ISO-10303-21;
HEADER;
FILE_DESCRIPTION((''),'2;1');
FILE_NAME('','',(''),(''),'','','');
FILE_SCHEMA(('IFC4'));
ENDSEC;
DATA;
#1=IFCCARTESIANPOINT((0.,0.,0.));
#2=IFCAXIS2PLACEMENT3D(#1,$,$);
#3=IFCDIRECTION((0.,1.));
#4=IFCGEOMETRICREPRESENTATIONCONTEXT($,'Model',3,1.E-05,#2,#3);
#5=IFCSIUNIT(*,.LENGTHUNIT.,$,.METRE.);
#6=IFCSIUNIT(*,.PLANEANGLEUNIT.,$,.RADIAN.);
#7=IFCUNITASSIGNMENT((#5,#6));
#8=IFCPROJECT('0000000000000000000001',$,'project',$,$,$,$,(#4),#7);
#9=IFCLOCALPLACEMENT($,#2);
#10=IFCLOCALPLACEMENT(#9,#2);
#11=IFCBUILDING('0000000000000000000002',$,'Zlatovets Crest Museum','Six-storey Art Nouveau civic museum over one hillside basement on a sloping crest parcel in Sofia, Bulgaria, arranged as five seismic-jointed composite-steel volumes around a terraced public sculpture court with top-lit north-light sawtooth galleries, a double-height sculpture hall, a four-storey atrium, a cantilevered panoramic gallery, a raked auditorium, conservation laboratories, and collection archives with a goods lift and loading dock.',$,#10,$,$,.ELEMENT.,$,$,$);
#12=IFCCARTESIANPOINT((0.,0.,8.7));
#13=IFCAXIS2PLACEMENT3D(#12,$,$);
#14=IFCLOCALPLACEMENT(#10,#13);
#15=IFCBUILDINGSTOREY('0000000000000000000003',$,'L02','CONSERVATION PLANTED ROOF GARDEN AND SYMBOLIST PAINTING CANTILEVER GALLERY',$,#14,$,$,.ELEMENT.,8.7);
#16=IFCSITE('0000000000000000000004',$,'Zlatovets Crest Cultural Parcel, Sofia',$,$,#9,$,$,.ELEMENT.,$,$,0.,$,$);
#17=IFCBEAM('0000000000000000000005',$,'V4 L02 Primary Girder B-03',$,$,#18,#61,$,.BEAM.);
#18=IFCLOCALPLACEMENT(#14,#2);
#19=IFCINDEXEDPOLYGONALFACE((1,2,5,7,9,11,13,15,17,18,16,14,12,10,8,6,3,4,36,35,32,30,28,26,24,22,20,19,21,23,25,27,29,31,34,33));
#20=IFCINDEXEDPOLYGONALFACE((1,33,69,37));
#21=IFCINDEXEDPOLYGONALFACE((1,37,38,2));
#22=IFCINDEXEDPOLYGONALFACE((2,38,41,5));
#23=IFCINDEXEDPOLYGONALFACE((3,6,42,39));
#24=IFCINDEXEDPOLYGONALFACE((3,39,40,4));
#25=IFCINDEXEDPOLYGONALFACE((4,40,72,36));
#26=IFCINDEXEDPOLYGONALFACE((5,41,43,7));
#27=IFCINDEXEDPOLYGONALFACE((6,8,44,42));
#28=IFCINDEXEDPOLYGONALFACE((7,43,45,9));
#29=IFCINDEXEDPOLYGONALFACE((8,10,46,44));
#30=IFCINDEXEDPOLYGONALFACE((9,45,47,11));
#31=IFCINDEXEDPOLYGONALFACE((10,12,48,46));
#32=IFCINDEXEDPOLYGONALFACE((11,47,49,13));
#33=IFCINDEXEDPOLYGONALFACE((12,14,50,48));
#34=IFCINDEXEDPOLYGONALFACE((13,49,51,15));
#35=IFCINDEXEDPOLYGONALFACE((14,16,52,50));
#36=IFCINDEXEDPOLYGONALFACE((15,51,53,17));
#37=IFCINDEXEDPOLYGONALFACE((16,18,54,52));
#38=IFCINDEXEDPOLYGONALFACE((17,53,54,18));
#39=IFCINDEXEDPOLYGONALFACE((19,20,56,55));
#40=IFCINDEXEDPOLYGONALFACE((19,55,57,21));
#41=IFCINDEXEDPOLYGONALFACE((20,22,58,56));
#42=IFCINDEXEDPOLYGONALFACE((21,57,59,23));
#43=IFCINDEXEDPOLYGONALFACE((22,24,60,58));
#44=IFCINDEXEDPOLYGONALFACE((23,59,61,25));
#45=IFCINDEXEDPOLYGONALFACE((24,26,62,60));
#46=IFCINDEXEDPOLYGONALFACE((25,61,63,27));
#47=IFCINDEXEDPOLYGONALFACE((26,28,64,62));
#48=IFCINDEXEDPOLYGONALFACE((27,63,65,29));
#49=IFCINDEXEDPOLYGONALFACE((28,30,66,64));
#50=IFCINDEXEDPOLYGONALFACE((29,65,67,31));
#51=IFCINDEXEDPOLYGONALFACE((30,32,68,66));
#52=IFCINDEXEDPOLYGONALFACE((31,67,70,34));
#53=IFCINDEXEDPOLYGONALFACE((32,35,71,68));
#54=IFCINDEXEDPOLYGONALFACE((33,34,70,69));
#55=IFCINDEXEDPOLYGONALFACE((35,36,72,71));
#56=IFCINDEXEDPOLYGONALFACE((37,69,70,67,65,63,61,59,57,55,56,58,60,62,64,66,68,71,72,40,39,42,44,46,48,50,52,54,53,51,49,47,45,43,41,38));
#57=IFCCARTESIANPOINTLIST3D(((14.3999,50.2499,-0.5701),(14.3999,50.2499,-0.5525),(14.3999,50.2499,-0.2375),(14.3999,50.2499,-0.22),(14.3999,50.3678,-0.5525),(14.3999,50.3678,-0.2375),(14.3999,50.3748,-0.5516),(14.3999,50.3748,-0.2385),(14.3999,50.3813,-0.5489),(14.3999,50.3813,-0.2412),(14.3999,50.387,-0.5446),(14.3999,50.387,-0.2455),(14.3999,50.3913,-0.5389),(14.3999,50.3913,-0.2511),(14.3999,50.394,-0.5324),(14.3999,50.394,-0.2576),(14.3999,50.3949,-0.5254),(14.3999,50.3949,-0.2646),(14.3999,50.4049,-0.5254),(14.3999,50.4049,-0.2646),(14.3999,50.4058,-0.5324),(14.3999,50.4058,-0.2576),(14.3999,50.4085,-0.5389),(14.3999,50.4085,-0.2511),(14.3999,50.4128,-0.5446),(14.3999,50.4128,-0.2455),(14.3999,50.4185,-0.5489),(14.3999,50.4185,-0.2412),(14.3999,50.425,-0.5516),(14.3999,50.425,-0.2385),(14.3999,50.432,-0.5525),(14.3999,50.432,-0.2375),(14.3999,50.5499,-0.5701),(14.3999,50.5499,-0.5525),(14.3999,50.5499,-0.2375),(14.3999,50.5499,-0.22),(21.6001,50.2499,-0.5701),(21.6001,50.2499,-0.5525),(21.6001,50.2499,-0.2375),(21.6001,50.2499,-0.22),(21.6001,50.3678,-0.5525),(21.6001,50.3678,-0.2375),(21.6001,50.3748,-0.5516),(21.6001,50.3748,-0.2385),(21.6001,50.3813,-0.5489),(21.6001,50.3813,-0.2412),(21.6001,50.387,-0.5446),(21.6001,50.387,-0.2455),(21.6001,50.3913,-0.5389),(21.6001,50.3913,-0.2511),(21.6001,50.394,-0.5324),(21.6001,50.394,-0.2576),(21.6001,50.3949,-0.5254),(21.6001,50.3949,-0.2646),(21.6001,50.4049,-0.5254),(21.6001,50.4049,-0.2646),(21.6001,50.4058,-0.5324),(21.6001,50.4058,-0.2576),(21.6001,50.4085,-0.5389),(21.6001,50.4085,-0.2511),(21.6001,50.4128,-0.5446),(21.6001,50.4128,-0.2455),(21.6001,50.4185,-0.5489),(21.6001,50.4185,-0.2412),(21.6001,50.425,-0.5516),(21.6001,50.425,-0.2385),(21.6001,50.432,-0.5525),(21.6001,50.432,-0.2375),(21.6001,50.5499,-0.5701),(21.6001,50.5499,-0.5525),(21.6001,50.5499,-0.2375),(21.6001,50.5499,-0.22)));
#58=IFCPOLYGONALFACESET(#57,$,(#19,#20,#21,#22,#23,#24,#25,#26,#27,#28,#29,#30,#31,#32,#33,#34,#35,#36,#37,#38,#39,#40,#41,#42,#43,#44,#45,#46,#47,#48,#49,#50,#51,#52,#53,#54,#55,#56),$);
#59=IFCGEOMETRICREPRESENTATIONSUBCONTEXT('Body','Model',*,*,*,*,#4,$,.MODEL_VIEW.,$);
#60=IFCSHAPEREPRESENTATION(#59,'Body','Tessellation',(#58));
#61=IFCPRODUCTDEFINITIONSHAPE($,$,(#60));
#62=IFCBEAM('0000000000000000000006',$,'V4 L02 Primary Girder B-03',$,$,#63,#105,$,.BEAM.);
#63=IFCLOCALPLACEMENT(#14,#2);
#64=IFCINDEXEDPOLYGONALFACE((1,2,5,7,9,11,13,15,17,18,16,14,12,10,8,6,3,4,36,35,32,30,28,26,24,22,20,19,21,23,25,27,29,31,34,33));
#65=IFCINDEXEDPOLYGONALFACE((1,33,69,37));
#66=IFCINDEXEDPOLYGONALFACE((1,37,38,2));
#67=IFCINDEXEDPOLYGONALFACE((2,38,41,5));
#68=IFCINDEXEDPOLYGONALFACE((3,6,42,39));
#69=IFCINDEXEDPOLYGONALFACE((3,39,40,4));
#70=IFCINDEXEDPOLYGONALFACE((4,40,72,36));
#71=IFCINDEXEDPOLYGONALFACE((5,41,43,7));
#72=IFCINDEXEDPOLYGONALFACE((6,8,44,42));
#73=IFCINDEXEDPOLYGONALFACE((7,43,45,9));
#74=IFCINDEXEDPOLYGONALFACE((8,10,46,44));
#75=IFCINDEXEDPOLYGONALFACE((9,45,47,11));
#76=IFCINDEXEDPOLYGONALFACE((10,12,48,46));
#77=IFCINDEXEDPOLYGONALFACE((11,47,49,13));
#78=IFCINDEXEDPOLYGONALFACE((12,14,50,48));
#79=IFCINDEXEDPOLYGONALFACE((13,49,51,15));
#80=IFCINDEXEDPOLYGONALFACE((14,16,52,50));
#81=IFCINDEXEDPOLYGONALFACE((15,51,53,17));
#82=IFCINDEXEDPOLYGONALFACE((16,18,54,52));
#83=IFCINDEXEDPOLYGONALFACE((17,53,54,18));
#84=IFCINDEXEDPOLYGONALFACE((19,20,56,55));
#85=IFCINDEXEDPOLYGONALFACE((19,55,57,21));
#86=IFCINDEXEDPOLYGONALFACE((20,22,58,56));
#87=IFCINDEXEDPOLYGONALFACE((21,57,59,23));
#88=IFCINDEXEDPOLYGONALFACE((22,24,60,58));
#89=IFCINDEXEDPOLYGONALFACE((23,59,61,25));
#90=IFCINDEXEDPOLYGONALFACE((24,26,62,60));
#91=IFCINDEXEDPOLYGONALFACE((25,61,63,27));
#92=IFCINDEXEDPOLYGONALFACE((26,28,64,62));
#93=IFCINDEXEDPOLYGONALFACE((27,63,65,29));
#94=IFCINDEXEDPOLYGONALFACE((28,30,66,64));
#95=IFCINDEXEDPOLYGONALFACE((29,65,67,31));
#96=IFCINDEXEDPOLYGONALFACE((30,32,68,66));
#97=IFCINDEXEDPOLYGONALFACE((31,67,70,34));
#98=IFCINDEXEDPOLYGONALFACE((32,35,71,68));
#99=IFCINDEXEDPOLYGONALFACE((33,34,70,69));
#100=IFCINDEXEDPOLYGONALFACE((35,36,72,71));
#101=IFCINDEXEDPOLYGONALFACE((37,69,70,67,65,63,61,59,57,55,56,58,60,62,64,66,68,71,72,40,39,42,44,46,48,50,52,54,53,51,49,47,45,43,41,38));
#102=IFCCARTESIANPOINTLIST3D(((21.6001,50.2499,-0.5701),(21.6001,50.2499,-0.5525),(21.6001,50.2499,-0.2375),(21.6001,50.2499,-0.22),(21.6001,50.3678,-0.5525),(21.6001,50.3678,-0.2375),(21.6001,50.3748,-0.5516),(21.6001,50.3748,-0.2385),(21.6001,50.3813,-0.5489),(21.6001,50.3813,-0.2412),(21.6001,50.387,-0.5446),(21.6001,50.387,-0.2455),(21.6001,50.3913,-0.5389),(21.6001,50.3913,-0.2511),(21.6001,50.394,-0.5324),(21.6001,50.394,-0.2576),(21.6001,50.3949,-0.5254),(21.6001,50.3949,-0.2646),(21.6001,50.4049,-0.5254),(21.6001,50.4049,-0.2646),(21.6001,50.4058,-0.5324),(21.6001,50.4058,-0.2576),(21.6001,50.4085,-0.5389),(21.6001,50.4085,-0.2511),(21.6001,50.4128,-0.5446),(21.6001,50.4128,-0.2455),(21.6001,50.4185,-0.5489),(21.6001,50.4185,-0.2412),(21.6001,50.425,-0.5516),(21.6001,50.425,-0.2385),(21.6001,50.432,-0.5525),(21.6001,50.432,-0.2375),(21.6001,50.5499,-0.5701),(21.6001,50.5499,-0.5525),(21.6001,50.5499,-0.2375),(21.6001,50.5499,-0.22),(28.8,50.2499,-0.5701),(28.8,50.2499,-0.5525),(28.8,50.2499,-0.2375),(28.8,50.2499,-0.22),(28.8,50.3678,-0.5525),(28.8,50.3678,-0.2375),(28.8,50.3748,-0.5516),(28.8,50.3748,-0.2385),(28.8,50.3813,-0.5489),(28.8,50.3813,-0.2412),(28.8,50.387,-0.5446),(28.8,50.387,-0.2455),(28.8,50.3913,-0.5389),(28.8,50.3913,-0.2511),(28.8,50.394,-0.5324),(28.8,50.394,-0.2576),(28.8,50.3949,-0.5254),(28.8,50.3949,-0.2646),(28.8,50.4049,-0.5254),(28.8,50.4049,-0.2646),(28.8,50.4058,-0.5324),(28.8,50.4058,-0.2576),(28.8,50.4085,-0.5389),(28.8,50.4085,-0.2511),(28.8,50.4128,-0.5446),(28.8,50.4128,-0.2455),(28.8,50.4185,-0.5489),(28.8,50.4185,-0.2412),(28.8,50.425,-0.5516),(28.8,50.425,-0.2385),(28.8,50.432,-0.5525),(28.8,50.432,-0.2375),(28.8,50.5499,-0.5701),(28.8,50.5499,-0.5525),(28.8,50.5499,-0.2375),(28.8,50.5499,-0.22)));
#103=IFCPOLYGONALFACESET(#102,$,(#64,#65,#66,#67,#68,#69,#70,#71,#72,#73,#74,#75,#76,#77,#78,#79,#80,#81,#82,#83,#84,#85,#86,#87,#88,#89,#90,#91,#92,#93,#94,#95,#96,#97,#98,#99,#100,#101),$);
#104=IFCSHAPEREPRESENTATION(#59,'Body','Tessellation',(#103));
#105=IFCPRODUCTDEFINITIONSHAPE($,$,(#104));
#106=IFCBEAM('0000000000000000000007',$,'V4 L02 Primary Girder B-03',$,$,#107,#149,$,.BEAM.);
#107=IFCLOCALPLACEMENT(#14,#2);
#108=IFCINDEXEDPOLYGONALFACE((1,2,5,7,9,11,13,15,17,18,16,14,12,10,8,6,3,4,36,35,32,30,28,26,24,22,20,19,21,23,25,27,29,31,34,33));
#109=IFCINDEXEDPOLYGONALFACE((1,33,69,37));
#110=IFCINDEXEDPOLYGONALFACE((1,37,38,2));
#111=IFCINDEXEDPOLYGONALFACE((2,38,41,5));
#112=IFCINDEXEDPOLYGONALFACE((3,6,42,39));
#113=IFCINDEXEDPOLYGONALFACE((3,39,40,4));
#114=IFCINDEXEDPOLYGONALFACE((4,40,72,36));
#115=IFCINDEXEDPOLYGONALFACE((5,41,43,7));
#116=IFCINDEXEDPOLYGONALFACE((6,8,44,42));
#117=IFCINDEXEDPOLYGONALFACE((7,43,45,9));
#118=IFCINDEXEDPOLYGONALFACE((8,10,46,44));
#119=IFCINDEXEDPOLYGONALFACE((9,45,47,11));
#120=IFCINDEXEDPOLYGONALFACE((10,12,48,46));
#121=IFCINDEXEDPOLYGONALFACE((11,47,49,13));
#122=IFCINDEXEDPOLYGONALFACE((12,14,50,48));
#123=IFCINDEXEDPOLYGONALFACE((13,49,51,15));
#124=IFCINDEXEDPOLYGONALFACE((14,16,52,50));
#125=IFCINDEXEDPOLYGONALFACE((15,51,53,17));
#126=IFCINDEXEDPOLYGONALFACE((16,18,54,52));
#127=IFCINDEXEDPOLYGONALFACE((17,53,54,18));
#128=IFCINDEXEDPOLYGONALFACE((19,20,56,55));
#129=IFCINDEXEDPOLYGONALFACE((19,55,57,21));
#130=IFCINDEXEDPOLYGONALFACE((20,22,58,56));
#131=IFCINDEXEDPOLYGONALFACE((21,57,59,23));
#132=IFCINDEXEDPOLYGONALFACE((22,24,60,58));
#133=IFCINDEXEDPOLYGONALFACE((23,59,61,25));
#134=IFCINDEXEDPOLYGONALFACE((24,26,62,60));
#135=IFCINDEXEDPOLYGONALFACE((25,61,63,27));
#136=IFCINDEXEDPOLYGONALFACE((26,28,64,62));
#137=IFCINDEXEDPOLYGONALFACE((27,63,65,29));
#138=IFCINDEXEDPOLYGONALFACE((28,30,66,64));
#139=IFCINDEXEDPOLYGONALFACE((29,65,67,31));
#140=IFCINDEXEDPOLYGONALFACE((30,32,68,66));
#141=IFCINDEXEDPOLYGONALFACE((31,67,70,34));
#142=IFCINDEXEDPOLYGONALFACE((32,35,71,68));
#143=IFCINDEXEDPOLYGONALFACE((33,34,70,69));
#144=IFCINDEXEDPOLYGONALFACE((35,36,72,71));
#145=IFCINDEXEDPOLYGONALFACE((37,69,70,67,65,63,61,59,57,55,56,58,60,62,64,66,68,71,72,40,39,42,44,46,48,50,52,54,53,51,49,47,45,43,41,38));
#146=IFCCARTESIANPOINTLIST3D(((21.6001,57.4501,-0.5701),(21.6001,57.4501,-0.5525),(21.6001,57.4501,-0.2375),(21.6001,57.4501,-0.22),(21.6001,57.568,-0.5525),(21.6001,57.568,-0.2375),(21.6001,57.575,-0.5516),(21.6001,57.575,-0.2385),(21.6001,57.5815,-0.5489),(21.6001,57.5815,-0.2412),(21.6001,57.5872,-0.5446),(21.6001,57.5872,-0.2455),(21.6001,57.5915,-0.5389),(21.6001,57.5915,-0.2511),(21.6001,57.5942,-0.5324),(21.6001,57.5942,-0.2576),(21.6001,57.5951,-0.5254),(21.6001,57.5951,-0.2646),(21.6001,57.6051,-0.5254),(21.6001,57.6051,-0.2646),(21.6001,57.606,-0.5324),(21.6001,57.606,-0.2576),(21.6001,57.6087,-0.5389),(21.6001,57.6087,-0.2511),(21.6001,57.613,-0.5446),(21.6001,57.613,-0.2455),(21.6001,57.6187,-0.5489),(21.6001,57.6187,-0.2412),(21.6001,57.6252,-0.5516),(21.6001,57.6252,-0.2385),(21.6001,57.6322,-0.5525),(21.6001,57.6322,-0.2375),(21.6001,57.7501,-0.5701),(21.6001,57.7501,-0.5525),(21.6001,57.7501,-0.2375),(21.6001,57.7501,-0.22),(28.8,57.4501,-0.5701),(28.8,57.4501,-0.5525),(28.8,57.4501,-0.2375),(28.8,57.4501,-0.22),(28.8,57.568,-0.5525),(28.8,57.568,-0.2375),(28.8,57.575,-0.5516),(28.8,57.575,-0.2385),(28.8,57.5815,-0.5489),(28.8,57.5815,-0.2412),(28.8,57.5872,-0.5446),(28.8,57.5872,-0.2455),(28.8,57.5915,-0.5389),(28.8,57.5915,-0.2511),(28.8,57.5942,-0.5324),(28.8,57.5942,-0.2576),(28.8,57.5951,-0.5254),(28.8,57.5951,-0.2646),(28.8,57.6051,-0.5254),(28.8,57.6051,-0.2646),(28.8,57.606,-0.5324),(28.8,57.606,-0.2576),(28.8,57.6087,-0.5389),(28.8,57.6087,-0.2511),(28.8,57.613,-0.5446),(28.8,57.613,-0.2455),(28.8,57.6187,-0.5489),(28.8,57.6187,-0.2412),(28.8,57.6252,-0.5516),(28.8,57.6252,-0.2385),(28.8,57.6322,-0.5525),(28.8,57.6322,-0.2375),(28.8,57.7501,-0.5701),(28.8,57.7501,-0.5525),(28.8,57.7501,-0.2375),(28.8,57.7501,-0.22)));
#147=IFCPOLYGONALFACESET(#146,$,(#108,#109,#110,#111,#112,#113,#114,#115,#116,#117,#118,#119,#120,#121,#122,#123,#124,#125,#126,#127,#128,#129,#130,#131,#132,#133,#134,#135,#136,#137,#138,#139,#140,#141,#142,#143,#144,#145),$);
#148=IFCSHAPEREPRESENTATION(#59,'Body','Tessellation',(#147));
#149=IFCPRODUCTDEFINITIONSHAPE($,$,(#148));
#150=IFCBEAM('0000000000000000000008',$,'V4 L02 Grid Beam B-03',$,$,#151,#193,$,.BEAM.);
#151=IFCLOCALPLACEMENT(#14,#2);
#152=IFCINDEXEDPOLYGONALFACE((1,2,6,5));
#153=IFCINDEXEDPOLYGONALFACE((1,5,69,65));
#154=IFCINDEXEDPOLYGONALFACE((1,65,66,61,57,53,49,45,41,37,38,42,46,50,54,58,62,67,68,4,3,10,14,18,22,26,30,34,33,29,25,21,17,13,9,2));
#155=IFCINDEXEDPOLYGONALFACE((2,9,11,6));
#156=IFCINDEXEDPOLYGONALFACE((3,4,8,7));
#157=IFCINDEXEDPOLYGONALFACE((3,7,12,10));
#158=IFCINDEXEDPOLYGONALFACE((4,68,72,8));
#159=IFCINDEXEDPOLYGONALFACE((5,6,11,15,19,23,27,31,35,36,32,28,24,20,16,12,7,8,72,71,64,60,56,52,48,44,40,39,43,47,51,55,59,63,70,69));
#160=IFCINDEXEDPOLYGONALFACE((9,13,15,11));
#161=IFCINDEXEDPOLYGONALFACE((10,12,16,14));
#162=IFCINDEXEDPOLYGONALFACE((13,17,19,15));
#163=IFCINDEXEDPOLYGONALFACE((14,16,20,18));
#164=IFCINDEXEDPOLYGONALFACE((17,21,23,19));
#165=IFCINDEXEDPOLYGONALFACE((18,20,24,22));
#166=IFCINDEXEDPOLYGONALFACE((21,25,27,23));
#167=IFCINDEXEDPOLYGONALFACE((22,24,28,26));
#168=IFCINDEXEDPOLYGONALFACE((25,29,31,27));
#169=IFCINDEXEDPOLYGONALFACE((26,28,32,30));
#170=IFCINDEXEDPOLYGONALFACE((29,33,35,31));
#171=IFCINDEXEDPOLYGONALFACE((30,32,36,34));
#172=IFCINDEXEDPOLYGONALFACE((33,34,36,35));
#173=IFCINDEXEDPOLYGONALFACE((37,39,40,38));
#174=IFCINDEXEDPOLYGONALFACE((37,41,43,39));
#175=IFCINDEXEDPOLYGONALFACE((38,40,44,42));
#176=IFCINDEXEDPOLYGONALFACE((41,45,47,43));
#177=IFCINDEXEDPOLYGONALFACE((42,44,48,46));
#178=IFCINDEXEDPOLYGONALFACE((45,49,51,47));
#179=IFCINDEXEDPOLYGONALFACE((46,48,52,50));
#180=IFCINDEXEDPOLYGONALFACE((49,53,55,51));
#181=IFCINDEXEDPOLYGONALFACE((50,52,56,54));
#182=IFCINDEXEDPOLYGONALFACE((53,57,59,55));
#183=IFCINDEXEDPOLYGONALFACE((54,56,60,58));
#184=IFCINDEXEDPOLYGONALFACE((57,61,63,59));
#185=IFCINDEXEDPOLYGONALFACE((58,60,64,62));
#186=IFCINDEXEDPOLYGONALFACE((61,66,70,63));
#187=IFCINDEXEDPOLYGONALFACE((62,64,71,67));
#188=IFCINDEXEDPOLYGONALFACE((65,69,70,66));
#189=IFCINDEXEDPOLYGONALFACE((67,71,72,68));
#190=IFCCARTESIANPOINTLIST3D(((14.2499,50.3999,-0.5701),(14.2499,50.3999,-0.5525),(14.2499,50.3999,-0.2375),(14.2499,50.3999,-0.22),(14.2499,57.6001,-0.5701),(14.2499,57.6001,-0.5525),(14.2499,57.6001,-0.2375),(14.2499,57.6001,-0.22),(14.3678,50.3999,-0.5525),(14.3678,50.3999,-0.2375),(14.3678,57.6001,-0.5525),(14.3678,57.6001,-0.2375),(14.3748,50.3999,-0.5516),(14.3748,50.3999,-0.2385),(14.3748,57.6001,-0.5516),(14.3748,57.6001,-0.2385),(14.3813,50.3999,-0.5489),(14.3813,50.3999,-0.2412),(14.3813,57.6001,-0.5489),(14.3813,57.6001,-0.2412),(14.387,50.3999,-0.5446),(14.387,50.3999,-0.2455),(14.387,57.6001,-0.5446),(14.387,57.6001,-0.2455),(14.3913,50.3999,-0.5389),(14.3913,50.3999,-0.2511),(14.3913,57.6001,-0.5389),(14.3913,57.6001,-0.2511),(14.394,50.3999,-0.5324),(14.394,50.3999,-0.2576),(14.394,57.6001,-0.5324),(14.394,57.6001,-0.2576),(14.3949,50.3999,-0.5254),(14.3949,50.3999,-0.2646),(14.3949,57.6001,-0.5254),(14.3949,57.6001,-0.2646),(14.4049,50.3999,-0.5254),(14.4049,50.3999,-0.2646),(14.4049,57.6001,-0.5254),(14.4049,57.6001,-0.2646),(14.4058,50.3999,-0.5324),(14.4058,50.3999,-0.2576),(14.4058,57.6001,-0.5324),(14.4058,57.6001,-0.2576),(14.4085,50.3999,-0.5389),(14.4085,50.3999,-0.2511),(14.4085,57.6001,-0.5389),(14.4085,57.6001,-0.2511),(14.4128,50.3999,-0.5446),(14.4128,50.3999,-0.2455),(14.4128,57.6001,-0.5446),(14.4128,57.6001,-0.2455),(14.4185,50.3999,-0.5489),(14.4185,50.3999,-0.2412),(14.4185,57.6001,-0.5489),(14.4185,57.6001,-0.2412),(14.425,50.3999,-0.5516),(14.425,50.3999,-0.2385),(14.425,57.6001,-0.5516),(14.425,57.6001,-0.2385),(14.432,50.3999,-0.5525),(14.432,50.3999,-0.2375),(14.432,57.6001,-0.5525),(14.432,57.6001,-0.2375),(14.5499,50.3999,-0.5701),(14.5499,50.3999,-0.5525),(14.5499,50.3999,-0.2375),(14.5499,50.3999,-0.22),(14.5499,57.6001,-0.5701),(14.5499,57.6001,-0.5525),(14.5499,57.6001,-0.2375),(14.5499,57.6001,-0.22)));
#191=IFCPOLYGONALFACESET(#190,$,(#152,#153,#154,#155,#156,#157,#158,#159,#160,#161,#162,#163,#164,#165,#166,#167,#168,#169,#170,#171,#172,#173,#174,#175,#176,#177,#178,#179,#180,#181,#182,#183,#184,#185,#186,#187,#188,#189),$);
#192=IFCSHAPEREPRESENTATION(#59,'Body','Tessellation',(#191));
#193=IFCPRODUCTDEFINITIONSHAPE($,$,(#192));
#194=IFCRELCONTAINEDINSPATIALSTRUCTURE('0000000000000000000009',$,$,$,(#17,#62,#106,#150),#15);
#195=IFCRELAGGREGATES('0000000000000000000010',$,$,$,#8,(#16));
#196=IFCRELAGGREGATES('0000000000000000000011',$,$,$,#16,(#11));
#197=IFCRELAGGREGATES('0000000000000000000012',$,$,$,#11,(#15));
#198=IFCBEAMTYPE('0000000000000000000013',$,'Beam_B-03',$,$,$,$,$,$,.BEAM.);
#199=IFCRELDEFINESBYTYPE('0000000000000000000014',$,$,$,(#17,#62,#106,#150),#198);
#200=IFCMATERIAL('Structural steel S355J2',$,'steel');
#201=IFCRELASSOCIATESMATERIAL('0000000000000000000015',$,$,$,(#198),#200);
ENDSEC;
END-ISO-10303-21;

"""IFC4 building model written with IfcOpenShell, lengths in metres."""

from ifc_helpers import new_model, si_unit, direction, frame, origin, origin_2d, place, context, subcontext, project, spatial, i_section, extrude, material, material_profile, profile_set, type_object, element, save


model = new_model("IFC4")

# Units and contexts
model_context = context("Model", 3, precision=1e-05, world=origin(), true_north=direction((0.0, 1.0)))
body_context = subcontext(model_context, "Body", "Model", "MODEL_VIEW")
ifc_project = project(units=[si_unit("LENGTHUNIT", "METRE"), si_unit("PLANEANGLEUNIT", "RADIAN")], contexts=[model_context])

# Site, building, storey
site_placement = place(None, origin())
site = spatial("IfcSite", under=ifc_project, at=site_placement, Name="Zlatovets Crest Cultural Parcel, Sofia", CompositionType="ELEMENT", RefElevation=0.0)
building_placement = place(site_placement, origin())
building = spatial("IfcBuilding", under=site, at=building_placement, Name="Zlatovets Crest Museum", Description="Six-storey Art Nouveau civic museum over one hillside basement on a sloping crest parcel in Sofia, Bulgaria, arranged as five seismic-jointed composite-steel volumes around a terraced public sculpture court with top-lit north-light sawtooth galleries, a double-height sculpture hall, a four-storey atrium, a cantilevered panoramic gallery, a raked auditorium, conservation laboratories, and collection archives with a goods lift and loading dock.", CompositionType="ELEMENT")
storey_placement = place(building_placement, frame((0.0, 0.0, 8.7)))
storey = spatial("IfcBuildingStorey", under=building, at=storey_placement, Name="L02", Description="CONSERVATION PLANTED ROOF GARDEN AND SYMBOLIST PAINTING CANTILEVER GALLERY", CompositionType="ELEMENT", Elevation=8.7)

# Shared definitions
ifc_material_1 = material(Name="Structural steel S355J2", Category="steel")

# Beams
ifc_material_profile_1 = material_profile(ifc_material_1, i_section(OverallWidth=0.3, OverallDepth=0.3501, WebThickness=0.01, FlangeThickness=0.0176, FilletRadius=0.0271, at=origin_2d()), Name="HEA 360")
ifc_profile_set_1 = profile_set([ifc_material_profile_1], Name="Structural steel S355J2")
beam_type_1 = type_object("IfcBeamType", Name="Beam_B-03", PredefinedType="BEAM", material=ifc_profile_set_1)
beam_1_placement = place(storey_placement, frame((14.3999, 50.3999, -0.395), z_axis=(1.0, 0.0, 0.0), x_axis=(0.0, 1.0, 0.0)))
element("IfcBeam", 1, at=beam_1_placement, inside=storey, type_object=beam_type_1, Name="V4 L02 Primary Girder B-03", PredefinedType="BEAM", context=body_context, shape_type="SweptSolid", body=[
    extrude(i_section(OverallWidth=0.3, OverallDepth=0.3501, WebThickness=0.01, FlangeThickness=0.0176, FilletRadius=0.0271, at=origin_2d()), origin(), (0.0, 0.0, 1.0), 7.2002),
])
for number, where, z_axis, x_axis, name in (
    (2, (21.6001, 50.3999, -0.395), (1.0, 0.0, 0.0), (0.0, 1.0, 0.0), "V4 L02 Primary Girder B-03"),
    (3, (21.6001, 57.6001, -0.395), (1.0, 0.0, 0.0), (0.0, 1.0, 0.0), "V4 L02 Primary Girder B-03"),
):
    element("IfcBeam", number, at=place(storey_placement, frame(where, z_axis=z_axis, x_axis=x_axis)), inside=storey, type_object=beam_type_1, Name=name, PredefinedType="BEAM", context=body_context, shape_type="SweptSolid", body=[
        extrude(i_section(OverallWidth=0.3, OverallDepth=0.3501, WebThickness=0.01, FlangeThickness=0.0176, FilletRadius=0.0271, at=origin_2d()), origin(), (0.0, 0.0, 1.0), 7.2),
    ])
beam_2_placement = place(storey_placement, frame((14.3999, 50.3999, -0.395), z_axis=(0.0, 1.0, 0.0), x_axis=(-1.0, 0.0, 0.0)))
element("IfcBeam", 4, at=beam_2_placement, inside=storey, type_object=beam_type_1, Name="V4 L02 Grid Beam B-03", PredefinedType="BEAM", context=body_context, shape_type="SweptSolid", body=[
    extrude(i_section(OverallWidth=0.3, OverallDepth=0.3501, WebThickness=0.01, FlangeThickness=0.0176, FilletRadius=0.0271, at=origin_2d()), origin(), (0.0, 0.0, 1.0), 7.2002),
])

save(model, "model.ifc")
